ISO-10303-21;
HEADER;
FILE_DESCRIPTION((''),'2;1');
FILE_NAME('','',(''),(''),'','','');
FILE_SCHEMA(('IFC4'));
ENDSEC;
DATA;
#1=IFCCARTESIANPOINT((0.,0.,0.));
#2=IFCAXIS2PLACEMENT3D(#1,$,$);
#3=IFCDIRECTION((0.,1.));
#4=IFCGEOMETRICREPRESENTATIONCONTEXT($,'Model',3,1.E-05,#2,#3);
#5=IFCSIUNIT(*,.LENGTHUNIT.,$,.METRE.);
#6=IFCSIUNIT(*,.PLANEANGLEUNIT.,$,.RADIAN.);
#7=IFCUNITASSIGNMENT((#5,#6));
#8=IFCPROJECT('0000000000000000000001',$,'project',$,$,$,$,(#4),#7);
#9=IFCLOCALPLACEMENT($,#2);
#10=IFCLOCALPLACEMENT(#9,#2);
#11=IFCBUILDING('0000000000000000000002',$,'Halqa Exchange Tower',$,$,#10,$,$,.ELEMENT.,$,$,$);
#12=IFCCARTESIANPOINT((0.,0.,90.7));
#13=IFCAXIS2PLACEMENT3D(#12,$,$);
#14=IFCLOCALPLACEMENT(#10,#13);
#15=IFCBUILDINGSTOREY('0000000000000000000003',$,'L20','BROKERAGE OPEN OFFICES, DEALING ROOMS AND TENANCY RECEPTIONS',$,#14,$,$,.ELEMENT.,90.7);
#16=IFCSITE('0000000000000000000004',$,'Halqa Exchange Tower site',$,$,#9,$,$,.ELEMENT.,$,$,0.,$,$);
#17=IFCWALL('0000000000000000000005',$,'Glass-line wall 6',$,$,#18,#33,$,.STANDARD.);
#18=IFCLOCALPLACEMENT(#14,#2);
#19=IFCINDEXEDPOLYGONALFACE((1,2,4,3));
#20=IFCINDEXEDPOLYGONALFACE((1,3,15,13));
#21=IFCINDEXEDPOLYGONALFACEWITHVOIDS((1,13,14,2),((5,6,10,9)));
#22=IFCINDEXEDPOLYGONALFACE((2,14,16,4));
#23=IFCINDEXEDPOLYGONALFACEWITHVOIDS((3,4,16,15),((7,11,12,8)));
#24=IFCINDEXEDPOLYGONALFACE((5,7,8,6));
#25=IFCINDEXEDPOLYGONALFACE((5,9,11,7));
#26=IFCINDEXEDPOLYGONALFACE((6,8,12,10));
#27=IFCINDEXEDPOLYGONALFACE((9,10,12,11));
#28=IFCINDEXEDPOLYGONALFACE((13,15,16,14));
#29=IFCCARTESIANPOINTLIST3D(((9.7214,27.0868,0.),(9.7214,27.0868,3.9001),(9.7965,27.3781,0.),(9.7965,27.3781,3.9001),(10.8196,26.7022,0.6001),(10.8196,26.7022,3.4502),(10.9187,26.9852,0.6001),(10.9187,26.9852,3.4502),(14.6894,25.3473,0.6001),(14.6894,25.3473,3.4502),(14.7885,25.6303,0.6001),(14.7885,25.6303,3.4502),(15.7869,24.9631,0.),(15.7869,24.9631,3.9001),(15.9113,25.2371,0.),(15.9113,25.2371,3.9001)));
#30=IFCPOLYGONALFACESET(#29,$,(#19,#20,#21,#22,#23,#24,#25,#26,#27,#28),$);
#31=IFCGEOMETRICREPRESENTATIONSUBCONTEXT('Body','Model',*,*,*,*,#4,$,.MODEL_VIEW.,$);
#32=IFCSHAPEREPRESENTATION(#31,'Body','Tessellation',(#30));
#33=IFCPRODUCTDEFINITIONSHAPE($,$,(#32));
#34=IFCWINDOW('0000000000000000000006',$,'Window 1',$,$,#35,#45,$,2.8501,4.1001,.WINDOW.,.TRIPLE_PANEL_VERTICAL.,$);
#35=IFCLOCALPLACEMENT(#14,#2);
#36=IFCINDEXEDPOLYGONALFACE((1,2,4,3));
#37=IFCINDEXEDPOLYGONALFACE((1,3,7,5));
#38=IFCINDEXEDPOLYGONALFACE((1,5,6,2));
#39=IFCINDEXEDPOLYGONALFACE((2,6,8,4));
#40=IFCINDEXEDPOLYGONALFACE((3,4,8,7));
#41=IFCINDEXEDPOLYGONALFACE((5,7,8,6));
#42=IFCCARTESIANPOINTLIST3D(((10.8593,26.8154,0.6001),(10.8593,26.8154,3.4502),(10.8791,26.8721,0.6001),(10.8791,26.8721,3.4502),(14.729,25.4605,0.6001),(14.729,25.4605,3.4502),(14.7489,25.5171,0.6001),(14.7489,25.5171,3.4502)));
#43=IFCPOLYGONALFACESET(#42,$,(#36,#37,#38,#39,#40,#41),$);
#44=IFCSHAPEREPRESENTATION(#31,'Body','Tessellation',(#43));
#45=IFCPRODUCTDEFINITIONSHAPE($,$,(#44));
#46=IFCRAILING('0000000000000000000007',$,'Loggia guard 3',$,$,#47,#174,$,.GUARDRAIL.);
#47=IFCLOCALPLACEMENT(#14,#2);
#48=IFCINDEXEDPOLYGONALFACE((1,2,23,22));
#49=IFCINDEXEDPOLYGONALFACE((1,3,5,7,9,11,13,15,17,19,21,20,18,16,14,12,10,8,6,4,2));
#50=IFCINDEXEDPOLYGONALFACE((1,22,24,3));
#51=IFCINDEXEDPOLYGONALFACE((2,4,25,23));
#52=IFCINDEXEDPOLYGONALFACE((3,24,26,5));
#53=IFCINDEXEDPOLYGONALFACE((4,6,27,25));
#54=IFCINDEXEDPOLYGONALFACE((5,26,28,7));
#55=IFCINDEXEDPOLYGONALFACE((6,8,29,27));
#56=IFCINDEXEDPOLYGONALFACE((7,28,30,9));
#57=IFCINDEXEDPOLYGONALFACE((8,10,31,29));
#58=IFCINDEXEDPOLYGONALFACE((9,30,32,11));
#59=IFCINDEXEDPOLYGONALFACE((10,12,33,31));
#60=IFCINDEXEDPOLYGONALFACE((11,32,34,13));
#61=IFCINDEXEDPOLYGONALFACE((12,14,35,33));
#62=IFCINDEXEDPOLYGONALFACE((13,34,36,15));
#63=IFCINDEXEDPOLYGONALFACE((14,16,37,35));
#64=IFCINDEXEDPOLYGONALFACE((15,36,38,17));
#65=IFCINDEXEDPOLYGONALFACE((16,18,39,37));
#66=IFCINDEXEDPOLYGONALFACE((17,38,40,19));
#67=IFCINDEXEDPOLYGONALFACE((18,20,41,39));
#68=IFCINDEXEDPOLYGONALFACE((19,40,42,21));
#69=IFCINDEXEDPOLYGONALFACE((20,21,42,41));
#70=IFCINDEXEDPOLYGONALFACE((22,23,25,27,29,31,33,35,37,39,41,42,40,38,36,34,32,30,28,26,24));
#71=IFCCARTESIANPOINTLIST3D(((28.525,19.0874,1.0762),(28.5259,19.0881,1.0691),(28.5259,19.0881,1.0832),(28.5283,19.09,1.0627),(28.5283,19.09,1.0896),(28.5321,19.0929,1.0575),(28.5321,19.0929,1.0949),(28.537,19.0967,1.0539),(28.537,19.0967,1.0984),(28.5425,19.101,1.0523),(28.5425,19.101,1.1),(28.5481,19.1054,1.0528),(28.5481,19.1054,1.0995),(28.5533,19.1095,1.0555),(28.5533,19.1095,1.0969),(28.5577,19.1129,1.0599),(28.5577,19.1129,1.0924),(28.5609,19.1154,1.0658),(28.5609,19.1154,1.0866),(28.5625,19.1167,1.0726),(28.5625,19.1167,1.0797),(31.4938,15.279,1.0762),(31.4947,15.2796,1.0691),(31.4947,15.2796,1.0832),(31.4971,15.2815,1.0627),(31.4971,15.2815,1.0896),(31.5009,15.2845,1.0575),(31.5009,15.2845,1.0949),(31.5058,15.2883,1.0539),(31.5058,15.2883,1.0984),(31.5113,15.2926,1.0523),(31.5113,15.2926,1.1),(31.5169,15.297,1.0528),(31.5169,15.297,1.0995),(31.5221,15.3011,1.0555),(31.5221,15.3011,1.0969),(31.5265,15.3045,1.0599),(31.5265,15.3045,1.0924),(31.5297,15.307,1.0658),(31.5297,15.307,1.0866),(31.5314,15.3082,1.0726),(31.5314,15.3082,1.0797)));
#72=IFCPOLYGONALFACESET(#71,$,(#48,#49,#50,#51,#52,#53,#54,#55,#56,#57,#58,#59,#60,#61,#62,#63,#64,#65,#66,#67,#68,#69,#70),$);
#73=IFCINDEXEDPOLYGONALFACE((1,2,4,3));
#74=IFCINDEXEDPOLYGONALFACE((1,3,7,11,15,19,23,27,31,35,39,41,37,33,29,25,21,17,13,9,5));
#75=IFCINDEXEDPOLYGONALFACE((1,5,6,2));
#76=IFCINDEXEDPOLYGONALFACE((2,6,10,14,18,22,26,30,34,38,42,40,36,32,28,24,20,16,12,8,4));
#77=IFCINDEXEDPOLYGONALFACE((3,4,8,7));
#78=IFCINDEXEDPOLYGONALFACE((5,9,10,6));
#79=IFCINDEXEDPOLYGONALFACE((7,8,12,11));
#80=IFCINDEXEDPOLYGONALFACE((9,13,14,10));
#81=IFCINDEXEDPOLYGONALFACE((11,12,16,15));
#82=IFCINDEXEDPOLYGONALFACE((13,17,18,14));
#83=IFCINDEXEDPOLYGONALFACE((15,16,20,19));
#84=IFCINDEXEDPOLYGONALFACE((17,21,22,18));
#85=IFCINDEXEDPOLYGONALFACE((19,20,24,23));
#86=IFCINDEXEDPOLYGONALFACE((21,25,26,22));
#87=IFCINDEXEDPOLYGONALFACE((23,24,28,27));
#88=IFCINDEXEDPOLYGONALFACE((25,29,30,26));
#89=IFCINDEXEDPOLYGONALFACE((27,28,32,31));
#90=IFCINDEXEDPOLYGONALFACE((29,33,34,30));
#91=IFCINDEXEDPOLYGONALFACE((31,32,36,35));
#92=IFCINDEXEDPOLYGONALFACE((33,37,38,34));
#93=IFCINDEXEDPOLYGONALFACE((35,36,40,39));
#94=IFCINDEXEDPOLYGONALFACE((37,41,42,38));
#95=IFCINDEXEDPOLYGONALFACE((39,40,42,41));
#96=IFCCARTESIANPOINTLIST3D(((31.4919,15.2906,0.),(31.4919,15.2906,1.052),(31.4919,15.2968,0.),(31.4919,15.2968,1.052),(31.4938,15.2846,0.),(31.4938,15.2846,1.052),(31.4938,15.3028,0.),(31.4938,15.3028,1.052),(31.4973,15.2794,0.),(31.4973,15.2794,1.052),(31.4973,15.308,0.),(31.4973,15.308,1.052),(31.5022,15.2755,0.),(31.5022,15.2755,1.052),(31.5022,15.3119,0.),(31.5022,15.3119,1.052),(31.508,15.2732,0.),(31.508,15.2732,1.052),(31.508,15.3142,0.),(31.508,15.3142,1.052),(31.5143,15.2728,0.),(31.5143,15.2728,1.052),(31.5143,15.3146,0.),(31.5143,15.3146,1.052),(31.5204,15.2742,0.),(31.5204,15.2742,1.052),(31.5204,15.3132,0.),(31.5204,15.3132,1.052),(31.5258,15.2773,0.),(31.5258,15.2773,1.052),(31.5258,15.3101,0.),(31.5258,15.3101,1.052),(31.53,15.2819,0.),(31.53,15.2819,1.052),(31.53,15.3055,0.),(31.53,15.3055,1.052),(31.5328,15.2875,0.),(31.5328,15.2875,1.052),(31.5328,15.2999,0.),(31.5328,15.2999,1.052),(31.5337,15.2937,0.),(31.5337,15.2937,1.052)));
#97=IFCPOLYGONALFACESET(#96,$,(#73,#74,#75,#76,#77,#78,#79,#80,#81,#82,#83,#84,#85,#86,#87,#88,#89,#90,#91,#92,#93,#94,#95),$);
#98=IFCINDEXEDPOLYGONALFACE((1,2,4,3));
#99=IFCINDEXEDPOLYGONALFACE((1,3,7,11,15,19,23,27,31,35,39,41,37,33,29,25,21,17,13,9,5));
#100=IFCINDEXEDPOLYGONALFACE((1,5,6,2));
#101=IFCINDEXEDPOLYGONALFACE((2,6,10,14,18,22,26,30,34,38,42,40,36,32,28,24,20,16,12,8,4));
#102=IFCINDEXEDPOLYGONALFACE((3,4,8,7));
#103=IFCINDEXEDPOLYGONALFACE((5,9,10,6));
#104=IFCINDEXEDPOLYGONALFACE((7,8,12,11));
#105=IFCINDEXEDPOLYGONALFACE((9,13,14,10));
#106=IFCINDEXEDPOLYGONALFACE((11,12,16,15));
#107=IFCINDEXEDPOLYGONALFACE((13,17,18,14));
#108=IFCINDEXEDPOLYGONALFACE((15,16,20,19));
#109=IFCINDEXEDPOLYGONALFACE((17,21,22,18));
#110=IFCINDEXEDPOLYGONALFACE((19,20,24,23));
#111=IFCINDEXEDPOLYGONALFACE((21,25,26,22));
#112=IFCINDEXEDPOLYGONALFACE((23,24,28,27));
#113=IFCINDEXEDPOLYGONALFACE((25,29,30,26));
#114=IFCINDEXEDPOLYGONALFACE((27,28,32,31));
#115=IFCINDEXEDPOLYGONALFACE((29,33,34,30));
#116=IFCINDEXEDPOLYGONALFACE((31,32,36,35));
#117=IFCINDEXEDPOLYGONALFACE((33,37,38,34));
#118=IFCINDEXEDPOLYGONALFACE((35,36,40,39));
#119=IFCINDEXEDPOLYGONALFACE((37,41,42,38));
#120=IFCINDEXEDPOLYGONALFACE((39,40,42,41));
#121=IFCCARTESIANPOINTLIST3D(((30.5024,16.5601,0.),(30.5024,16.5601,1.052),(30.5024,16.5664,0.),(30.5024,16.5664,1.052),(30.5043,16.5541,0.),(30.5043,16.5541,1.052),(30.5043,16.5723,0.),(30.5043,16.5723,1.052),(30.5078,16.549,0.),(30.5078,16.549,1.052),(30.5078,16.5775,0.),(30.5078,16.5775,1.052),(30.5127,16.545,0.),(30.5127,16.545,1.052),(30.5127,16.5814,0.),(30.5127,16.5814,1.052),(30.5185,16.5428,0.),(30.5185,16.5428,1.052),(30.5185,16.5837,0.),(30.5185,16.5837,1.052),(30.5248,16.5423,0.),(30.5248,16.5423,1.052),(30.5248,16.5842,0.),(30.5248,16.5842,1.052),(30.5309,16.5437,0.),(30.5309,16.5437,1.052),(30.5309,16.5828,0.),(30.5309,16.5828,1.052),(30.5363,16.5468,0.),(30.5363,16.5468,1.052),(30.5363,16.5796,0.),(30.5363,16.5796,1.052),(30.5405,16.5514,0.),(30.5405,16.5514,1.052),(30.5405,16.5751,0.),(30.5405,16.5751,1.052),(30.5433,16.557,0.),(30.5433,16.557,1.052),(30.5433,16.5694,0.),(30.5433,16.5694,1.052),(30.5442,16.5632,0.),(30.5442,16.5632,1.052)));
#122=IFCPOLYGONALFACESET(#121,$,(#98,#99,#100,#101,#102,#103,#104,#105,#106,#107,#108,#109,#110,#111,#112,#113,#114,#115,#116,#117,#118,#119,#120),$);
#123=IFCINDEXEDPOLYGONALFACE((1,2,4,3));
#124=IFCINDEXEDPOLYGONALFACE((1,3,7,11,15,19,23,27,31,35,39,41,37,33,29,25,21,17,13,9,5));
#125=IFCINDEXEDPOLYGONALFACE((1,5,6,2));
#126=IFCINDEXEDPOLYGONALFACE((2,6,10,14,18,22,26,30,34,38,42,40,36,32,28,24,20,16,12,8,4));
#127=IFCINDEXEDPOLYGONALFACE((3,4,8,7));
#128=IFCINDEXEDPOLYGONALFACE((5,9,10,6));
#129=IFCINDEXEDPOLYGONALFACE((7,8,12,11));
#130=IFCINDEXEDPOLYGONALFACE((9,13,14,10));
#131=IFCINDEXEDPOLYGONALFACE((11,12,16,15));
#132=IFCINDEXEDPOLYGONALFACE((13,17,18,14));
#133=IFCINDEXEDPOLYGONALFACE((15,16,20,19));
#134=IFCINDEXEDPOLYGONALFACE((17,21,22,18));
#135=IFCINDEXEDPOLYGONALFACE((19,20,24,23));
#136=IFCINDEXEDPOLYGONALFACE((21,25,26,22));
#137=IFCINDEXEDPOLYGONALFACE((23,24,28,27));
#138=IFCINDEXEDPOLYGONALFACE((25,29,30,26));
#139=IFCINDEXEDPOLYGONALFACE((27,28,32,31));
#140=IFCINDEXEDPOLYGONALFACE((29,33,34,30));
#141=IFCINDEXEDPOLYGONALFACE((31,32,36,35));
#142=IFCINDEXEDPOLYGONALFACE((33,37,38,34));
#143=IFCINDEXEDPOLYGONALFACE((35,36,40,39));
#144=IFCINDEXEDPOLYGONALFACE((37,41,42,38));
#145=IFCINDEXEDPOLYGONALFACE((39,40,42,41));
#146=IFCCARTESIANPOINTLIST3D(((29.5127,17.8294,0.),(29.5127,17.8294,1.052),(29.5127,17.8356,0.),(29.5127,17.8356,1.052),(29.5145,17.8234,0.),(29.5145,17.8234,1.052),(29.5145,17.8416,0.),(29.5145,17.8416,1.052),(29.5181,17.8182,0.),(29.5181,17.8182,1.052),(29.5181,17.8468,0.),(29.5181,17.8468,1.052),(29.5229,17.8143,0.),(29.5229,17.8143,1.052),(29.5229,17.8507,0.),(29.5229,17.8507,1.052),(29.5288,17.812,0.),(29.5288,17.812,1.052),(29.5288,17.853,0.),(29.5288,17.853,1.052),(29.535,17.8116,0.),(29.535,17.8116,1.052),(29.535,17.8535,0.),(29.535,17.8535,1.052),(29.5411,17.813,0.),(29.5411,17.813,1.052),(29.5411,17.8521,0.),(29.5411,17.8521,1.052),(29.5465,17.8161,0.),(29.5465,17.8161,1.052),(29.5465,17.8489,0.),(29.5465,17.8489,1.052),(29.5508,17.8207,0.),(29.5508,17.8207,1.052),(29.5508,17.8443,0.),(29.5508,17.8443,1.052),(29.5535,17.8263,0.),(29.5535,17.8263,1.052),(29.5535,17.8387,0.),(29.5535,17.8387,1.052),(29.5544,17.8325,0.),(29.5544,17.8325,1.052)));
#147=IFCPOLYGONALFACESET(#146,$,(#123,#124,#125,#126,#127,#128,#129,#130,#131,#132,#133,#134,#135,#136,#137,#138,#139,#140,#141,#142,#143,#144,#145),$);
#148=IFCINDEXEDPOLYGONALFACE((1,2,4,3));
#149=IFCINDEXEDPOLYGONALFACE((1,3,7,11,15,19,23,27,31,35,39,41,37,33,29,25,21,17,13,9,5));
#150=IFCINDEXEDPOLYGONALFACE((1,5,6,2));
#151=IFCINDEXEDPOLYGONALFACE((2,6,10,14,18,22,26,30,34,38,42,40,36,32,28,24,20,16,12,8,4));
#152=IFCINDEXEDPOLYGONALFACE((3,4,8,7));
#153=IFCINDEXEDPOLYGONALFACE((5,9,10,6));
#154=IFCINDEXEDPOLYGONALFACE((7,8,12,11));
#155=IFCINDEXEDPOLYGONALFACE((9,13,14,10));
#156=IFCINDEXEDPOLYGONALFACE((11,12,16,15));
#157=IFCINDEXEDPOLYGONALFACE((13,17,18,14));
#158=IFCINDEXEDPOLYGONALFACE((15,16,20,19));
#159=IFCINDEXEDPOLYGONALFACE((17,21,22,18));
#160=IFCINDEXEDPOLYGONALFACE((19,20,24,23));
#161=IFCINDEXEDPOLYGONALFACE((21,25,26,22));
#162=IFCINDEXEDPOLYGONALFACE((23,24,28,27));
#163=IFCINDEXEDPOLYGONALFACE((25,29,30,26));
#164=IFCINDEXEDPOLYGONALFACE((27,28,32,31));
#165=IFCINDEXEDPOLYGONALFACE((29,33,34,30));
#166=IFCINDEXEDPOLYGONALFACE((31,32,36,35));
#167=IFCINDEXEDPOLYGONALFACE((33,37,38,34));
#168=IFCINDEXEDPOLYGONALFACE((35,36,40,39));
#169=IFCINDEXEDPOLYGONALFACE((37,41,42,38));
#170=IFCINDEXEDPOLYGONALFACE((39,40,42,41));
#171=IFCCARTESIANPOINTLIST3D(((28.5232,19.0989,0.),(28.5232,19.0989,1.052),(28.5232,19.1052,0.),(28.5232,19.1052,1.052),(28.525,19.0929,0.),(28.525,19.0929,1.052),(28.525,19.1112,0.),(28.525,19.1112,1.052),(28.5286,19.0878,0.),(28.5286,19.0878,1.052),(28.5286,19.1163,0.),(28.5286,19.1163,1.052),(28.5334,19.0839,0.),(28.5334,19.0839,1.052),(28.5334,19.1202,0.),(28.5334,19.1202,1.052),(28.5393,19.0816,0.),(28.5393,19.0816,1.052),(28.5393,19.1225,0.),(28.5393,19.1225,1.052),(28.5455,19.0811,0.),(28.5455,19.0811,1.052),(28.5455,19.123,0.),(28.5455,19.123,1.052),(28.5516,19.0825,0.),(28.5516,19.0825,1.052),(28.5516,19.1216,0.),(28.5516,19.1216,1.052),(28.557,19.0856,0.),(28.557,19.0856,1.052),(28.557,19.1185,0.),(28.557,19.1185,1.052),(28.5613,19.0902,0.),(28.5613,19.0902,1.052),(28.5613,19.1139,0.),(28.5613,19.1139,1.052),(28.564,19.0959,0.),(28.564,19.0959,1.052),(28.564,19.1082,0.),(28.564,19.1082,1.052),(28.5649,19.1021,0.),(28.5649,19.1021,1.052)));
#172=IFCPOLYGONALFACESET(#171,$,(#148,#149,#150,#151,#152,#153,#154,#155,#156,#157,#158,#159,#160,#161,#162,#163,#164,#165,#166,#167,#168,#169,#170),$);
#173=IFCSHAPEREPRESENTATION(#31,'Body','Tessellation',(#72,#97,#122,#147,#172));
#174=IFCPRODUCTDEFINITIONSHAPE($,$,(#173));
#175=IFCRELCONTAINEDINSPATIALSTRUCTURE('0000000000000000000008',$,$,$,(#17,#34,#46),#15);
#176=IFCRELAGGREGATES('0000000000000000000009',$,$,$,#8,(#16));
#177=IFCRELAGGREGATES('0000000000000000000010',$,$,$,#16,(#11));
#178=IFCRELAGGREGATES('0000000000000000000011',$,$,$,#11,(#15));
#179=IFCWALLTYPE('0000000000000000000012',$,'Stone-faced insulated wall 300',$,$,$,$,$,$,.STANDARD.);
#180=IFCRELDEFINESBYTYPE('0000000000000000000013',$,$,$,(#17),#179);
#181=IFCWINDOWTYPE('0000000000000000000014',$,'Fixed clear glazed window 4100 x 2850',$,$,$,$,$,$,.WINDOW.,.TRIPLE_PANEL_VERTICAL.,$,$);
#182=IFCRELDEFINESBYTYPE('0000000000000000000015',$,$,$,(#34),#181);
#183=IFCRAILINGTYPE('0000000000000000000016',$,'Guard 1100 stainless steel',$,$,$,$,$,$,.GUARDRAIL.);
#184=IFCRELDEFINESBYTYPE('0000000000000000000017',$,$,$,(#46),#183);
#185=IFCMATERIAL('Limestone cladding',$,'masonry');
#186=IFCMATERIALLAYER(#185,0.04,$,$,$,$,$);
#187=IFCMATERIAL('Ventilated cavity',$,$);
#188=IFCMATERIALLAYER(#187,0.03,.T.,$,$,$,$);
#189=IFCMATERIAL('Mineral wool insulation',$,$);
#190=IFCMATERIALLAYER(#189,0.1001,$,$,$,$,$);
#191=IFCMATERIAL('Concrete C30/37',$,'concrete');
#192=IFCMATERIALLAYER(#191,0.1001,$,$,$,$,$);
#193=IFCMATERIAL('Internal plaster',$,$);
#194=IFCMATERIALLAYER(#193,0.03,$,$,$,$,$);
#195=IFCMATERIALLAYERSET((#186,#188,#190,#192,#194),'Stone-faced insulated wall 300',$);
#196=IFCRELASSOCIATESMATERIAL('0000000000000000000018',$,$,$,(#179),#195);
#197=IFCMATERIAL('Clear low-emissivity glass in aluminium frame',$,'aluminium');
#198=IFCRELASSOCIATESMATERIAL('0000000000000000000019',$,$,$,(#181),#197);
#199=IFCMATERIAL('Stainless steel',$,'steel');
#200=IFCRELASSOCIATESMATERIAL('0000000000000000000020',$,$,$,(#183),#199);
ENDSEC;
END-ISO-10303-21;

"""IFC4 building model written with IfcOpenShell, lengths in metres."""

from ifc_helpers import new_model, si_unit, direction, frame, frame_2d, origin, origin_2d, place, context, subcontext, project, spatial, polyline, rectangle, circle, outline, extrude, material, layer, layer_set, type_object, element, fill, save


model = new_model("IFC4")

# Units and contexts
model_context = context("Model", 3, precision=1e-05, world=origin(), true_north=direction((0.0, 1.0)))
body_context = subcontext(model_context, "Body", "Model", "MODEL_VIEW")
ifc_project = project(units=[si_unit("LENGTHUNIT", "METRE"), si_unit("PLANEANGLEUNIT", "RADIAN")], contexts=[model_context])

# Site, building, storey
site_placement = place(None, origin())
site = spatial("IfcSite", under=ifc_project, at=site_placement, Name="Halqa Exchange Tower site", CompositionType="ELEMENT", RefElevation=0.0)
building_placement = place(site_placement, origin())
building = spatial("IfcBuilding", under=site, at=building_placement, Name="Halqa Exchange Tower", CompositionType="ELEMENT")
storey_placement = place(building_placement, frame((0.0, 0.0, 90.7)))
storey = spatial("IfcBuildingStorey", under=building, at=storey_placement, Name="L20", Description="BROKERAGE OPEN OFFICES, DEALING ROOMS AND TENANCY RECEPTIONS", CompositionType="ELEMENT", Elevation=90.7)

# Shared definitions
ifc_material_1 = material(Name="Limestone cladding", Category="masonry")
ifc_layer_1 = layer(ifc_material_1, 0.04)
ifc_material_2 = material(Name="Ventilated cavity")
ifc_layer_2 = layer(ifc_material_2, 0.03, ventilated=True)
ifc_material_3 = material(Name="Mineral wool insulation")
ifc_layer_3 = layer(ifc_material_3, 0.1001)
ifc_material_4 = material(Name="Concrete C30/37", Category="concrete")
ifc_layer_4 = layer(ifc_material_4, 0.1001)
ifc_material_5 = material(Name="Internal plaster")
ifc_layer_5 = layer(ifc_material_5, 0.03)
ifc_layer_set_1 = layer_set([ifc_layer_1, ifc_layer_2, ifc_layer_3, ifc_layer_4, ifc_layer_5], Name="Stone-faced insulated wall 300")
wall_type_1 = type_object("IfcWallType", Name="Stone-faced insulated wall 300", PredefinedType="STANDARD", material=ifc_layer_set_1)
ifc_material_6 = material(Name="Clear low-emissivity glass in aluminium frame", Category="aluminium")

# Wall, opening, window
window_type = type_object("IfcWindowType", Name="Fixed clear glazed window 4100 x 2850", PartitioningType="TRIPLE_PANEL_VERTICAL", PredefinedType="WINDOW", material=ifc_material_6)
wall_1_placement = place(storey_placement, frame((15.8491, 25.1001, 0.0), z_axis=(0.0, 0.0, 1.0), x_axis=(-0.94382, 0.33046, 0.0)))
wall_1 = element("IfcWall", 1, at=wall_1_placement, inside=storey, type_object=wall_type_1, Name="Glass-line wall 6", PredefinedType="STANDARD", context=body_context, shape_type="SweptSolid", body=[
    extrude(outline(polyline([(-0.0134, -0.1499), (6.4653, -0.1499), (6.4399, 0.1499), (0.0134, 0.1499), (-0.0134, -0.1499)])), origin(), (0.0, 0.0, 1.0), 3.9001),
])
opening_1_placement = place(wall_1_placement, frame((1.1763, 0.0, 0.6001)))
opening_1 = element("IfcOpeningElement", 2, at=opening_1_placement, cuts=wall_1, PredefinedType="OPENING", context=body_context, shape_type="SweptSolid", body=[
    extrude(rectangle(XDim=4.1001, YDim=2.8501, at=frame_2d((2.05, 1.425))), frame((0.0, 0.1621, 0.0), z_axis=(0.0, -1.0, 0.0), x_axis=(1.0, 0.0, 0.0)), (0.0, 0.0, 1.0), 0.324),
])
window_1_placement = place(opening_1_placement, origin())
window_1 = element("IfcWindow", 3, at=window_1_placement, inside=storey, type_object=window_type, Name="Window 1", OverallHeight=2.8501, OverallWidth=4.1001, PartitioningType="TRIPLE_PANEL_VERTICAL", PredefinedType="WINDOW", context=body_context, shape_type="SweptSolid", body=[
    extrude(rectangle(XDim=4.1001, YDim=2.8501, at=frame_2d((2.05, 1.425))), frame((0.0, 0.03, 0.0), z_axis=(0.0, -1.0, 0.0), x_axis=(1.0, 0.0, 0.0)), (0.0, 0.0, 1.0), 0.0601),
])
fill(opening_1, window_1)

# Railing
ifc_material_7 = material(Name="Stainless steel", Category="steel")
railing_type = type_object("IfcRailingType", Name="Guard 1100 stainless steel", PredefinedType="GUARDRAIL", material=ifc_material_7)
railing_1_placement = place(storey_placement, frame((31.5127, 15.2937, 0.0)))
element("IfcRailing", 4, at=railing_1_placement, inside=storey, type_object=railing_type, Name="Loggia guard 3", PredefinedType="GUARDRAIL", context=body_context, shape_type="SweptSolid", body=[
    extrude(circle(Radius=0.0239, at=origin_2d()), frame((0.0, 0.0, 1.0762), z_axis=(-0.614805, 0.788679, 0.0), x_axis=(-0.788679, -0.614805, 0.0)), (0.0, 0.0, 1.0), 4.8289),
    extrude(circle(Radius=0.021, at=origin_2d()), origin(), (0.0, 0.0, 1.0), 1.052),
    extrude(circle(Radius=0.021, at=origin_2d()), frame((-0.9895, 1.2695, 0.0)), (0.0, 0.0, 1.0), 1.052),
    extrude(circle(Radius=0.021, at=origin_2d()), frame((-1.9792, 2.5388, 0.0)), (0.0, 0.0, 1.0), 1.052),
    extrude(circle(Radius=0.021, at=origin_2d()), frame((-2.9688, 3.8083, 0.0)), (0.0, 0.0, 1.0), 1.052),
])

save(model, "model.ifc")
